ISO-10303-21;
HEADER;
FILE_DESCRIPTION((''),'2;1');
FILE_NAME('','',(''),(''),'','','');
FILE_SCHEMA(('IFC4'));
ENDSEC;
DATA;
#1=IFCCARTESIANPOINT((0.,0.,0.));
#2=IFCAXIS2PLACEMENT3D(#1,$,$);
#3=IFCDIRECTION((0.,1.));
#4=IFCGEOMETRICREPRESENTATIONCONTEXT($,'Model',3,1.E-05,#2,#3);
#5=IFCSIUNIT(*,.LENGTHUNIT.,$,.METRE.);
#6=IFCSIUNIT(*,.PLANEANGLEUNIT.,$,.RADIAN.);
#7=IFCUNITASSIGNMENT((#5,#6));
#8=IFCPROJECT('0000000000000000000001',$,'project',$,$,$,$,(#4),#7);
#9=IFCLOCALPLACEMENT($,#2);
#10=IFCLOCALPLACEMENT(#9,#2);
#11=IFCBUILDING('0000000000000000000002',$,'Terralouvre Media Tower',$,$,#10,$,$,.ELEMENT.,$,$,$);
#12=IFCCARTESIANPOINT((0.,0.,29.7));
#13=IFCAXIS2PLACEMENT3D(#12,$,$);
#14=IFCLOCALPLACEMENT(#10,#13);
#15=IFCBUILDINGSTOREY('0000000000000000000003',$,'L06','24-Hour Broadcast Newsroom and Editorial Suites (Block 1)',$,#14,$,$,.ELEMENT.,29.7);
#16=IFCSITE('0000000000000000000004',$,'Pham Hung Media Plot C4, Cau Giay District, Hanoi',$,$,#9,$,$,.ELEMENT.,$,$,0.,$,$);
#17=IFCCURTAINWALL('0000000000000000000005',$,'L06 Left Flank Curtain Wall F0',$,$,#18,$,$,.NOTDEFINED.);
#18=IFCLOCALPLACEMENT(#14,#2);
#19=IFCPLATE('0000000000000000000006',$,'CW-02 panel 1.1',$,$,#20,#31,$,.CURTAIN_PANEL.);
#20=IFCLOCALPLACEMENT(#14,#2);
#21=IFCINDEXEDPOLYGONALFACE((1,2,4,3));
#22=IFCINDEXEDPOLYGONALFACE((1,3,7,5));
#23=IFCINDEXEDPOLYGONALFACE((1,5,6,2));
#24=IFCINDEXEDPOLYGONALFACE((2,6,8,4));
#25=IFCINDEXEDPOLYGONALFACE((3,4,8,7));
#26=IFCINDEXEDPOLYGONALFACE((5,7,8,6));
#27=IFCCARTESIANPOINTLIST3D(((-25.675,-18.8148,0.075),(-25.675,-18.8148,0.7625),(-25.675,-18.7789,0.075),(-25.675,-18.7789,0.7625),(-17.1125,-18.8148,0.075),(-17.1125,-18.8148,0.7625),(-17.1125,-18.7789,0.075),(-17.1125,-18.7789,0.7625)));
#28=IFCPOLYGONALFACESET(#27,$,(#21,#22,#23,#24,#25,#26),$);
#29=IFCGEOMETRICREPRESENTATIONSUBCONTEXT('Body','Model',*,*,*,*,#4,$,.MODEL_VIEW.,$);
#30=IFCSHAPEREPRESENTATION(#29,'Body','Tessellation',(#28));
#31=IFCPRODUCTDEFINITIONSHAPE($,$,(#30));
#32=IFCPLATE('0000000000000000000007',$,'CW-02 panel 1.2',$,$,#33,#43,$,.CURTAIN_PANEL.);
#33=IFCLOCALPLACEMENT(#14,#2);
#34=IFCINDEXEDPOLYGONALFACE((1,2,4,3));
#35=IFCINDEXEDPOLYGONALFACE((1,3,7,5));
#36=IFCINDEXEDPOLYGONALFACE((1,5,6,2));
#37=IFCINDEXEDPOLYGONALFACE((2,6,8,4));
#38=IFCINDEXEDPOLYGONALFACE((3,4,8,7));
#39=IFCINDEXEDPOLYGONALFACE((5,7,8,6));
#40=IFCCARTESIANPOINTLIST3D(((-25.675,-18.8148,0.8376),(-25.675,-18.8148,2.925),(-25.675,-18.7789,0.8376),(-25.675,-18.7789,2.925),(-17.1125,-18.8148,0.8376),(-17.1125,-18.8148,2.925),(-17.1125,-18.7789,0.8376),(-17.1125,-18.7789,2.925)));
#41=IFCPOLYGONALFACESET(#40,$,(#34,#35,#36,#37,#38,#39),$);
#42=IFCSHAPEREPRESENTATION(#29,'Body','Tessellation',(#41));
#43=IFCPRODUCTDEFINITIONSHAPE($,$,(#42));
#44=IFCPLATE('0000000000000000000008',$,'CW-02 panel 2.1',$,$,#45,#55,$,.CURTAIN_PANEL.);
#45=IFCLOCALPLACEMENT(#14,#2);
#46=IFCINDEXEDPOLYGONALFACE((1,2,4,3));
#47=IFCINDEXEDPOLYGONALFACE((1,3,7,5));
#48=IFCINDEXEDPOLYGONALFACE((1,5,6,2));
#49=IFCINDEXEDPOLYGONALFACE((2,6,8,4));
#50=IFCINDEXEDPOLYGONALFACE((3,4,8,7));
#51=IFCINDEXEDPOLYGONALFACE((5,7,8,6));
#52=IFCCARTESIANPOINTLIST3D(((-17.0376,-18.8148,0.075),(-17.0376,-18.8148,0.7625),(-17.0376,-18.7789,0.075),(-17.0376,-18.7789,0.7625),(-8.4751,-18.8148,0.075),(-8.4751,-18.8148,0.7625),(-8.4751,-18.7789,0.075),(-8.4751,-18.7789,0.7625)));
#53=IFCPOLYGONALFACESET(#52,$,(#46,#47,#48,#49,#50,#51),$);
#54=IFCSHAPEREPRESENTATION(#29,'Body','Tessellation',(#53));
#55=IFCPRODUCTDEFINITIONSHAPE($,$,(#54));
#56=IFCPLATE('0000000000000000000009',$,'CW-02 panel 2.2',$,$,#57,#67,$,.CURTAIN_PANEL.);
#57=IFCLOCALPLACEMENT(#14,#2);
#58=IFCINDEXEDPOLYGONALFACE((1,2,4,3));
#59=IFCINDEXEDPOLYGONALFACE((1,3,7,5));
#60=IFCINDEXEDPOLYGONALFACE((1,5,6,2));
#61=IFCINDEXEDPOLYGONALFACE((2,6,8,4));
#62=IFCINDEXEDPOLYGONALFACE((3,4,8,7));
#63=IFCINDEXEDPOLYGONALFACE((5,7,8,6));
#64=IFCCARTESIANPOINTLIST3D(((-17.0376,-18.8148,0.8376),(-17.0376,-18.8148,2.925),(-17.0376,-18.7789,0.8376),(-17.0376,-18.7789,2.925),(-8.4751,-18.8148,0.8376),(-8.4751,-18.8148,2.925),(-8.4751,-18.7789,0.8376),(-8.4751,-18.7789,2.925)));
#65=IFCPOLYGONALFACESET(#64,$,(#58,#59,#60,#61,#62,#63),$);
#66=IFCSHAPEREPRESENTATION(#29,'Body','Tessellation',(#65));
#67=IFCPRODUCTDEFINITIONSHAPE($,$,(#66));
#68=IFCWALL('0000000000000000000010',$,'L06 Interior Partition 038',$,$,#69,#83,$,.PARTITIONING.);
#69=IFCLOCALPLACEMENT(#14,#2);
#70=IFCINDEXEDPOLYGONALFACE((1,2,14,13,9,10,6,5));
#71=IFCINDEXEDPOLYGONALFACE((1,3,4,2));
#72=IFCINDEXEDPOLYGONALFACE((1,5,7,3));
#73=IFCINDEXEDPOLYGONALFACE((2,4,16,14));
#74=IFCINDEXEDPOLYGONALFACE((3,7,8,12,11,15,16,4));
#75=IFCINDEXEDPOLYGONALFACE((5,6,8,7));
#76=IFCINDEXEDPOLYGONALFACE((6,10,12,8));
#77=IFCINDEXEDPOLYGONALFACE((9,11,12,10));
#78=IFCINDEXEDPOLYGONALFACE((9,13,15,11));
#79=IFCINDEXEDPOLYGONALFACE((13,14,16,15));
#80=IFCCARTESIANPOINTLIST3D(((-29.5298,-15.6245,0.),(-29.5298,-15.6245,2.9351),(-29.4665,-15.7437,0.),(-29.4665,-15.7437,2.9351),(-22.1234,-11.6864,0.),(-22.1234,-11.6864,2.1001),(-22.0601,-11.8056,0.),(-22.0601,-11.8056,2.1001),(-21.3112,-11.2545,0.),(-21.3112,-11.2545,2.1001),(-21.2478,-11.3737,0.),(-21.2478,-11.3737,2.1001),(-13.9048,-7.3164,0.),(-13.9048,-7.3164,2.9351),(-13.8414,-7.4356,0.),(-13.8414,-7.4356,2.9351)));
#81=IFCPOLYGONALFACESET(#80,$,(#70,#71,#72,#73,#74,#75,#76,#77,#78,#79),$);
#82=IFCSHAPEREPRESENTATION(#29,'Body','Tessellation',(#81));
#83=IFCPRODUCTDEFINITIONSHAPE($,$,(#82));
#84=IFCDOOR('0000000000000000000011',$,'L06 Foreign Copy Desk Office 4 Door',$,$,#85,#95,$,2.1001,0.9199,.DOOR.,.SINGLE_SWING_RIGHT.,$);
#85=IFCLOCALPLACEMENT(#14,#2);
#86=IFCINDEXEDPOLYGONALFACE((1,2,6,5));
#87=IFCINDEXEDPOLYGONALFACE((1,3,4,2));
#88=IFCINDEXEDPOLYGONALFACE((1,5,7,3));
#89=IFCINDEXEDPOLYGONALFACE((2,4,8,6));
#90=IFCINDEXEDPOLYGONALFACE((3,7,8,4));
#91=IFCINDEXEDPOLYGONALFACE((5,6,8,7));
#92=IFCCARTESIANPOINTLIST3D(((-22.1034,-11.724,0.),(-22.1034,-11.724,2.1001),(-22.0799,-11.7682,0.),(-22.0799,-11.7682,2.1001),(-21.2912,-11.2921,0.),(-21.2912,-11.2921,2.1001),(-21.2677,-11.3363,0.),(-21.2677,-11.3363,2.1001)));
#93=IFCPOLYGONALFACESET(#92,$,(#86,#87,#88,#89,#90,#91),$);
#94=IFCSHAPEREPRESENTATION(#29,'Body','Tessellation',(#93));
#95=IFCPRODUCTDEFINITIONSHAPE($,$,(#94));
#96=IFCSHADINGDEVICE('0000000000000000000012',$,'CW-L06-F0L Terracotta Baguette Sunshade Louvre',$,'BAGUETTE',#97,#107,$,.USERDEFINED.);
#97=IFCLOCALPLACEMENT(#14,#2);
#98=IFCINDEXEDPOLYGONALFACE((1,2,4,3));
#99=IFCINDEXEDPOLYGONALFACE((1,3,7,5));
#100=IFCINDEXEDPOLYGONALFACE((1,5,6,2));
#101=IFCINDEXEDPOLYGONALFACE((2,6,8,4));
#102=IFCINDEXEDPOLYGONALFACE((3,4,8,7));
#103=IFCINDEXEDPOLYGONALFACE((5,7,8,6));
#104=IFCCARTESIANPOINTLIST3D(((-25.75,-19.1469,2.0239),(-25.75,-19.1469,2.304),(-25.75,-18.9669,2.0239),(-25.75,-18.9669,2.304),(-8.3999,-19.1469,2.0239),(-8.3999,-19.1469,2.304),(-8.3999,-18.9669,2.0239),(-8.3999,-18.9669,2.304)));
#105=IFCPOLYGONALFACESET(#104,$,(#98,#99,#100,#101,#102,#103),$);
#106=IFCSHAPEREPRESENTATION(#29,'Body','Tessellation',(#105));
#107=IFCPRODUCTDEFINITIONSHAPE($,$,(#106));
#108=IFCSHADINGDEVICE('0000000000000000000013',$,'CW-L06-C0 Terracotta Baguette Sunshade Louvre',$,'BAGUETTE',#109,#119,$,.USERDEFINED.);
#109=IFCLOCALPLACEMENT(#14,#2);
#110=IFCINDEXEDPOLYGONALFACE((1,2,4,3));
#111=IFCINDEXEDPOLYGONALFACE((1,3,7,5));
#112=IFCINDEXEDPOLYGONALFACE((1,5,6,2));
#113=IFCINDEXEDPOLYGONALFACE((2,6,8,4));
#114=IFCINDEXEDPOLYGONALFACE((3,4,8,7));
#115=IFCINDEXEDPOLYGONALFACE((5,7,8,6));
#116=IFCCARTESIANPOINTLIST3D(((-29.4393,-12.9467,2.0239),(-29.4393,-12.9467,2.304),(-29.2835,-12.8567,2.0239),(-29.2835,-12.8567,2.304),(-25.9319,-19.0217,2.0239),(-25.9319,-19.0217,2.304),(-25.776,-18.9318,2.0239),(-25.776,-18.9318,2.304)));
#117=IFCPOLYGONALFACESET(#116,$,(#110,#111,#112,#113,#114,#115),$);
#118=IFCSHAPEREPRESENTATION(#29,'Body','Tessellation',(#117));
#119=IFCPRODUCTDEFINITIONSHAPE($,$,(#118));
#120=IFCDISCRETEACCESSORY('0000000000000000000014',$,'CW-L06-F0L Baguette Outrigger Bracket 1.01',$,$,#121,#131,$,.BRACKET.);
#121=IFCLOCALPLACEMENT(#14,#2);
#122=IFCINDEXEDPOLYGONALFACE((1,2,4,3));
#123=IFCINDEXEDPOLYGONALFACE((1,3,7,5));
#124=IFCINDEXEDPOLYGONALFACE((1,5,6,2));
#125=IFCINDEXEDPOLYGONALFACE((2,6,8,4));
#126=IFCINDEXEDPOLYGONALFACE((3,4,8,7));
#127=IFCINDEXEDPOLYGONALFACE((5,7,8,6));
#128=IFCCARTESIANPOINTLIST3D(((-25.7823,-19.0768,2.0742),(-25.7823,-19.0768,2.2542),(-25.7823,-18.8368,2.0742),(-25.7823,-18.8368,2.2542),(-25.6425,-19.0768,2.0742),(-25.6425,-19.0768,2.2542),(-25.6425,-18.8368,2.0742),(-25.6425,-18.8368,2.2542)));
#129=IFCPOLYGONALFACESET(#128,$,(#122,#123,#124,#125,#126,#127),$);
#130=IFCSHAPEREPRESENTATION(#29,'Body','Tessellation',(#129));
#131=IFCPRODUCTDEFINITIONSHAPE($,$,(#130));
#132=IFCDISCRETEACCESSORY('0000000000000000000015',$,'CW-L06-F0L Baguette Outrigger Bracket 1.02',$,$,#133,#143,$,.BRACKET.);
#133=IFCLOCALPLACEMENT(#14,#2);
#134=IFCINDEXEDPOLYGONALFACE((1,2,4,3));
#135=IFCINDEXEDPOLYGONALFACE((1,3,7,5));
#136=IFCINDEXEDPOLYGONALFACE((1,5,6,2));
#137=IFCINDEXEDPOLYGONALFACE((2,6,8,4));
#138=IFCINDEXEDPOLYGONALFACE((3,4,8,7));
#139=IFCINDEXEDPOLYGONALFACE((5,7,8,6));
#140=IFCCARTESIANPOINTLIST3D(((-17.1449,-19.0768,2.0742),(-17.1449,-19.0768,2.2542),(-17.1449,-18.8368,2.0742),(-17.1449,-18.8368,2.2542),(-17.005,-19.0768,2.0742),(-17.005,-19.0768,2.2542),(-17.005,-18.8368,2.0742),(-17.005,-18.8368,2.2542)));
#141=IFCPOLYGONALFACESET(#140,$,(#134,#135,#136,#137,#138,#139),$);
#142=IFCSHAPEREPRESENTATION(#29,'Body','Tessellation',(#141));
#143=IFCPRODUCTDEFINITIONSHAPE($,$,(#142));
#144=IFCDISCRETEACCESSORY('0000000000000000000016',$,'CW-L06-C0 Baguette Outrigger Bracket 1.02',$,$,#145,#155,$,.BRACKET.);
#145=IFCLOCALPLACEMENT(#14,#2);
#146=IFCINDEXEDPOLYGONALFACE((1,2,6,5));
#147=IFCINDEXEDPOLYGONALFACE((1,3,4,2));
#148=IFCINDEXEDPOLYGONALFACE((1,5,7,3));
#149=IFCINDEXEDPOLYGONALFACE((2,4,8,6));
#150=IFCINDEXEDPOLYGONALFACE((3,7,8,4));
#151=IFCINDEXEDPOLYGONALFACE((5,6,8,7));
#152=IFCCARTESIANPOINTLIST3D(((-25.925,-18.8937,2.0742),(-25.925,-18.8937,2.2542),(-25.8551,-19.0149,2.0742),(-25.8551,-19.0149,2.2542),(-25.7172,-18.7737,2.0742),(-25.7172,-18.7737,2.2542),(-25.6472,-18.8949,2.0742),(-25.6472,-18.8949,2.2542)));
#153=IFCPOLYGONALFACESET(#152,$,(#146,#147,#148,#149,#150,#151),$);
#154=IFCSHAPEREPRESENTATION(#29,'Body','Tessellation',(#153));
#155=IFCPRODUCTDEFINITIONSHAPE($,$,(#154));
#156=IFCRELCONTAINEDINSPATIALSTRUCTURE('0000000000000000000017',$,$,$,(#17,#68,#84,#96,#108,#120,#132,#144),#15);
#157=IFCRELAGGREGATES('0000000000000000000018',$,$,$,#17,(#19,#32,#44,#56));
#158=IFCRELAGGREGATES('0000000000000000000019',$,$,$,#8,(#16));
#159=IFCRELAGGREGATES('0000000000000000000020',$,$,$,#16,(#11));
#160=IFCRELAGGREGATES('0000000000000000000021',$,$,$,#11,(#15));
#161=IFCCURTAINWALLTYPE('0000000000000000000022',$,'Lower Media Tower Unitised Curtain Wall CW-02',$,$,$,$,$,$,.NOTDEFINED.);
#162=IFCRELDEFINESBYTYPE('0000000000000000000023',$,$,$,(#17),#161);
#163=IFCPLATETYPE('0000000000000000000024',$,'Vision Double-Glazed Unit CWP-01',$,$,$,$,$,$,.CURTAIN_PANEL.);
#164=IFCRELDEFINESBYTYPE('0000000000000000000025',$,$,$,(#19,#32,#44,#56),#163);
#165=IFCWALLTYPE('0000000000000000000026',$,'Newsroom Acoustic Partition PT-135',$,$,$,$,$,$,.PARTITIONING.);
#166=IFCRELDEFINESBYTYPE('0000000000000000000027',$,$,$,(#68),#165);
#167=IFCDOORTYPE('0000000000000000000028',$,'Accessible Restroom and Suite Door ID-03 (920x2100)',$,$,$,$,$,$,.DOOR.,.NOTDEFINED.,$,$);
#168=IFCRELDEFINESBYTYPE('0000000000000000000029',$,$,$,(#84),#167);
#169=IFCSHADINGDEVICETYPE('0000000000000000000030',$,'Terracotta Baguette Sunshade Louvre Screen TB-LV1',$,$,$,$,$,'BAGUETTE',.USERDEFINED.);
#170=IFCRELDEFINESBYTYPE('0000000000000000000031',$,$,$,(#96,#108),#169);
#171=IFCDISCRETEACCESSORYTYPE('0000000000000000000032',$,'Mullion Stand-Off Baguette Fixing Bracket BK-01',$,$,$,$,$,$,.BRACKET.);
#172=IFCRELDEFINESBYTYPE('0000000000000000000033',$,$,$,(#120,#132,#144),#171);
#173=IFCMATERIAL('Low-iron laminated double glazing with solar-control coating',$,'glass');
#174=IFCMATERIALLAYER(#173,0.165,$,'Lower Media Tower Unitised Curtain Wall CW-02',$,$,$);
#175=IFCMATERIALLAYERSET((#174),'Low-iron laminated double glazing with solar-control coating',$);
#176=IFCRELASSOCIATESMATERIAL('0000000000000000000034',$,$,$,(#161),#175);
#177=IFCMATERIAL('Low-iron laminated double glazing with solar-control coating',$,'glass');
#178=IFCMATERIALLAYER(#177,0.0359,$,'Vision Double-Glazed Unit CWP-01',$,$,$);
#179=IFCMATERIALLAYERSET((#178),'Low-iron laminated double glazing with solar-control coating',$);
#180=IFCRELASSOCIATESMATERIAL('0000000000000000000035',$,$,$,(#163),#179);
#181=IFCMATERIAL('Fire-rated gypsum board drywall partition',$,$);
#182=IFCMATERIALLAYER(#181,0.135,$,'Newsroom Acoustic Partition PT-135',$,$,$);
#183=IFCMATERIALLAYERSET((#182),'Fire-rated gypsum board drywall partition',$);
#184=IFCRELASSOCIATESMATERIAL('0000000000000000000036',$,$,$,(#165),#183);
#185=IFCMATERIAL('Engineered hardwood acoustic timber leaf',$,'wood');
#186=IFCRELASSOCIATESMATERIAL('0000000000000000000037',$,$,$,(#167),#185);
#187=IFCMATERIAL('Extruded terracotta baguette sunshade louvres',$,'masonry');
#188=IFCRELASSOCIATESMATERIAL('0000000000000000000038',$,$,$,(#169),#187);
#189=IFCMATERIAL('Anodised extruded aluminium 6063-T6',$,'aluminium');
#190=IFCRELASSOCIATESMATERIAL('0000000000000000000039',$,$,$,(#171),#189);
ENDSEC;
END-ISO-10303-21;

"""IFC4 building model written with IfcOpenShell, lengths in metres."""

from ifc_helpers import new_model, si_unit, direction, frame, frame_2d, origin, origin_2d, place, context, subcontext, project, spatial, rectangle, extrude, material, layer, layer_set, type_object, element, fill, aggregate, save


model = new_model("IFC4")

# Units and contexts
model_context = context("Model", 3, precision=1e-05, world=origin(), true_north=direction((0.0, 1.0)))
body_context = subcontext(model_context, "Body", "Model", "MODEL_VIEW")
ifc_project = project(units=[si_unit("LENGTHUNIT", "METRE"), si_unit("PLANEANGLEUNIT", "RADIAN")], contexts=[model_context])

# Site, building, storey
site_placement = place(None, origin())
site = spatial("IfcSite", under=ifc_project, at=site_placement, Name="Pham Hung Media Plot C4, Cau Giay District, Hanoi", CompositionType="ELEMENT", RefElevation=0.0)
building_placement = place(site_placement, origin())
building = spatial("IfcBuilding", under=site, at=building_placement, Name="Terralouvre Media Tower", CompositionType="ELEMENT")
storey_placement = place(building_placement, frame((0.0, 0.0, 29.7)))
storey = spatial("IfcBuildingStorey", under=building, at=storey_placement, Name="L06", Description="24-Hour Broadcast Newsroom and Editorial Suites (Block 1)", CompositionType="ELEMENT", Elevation=29.7)

# Curtain wall
ifc_material_1 = material(Name="Low-iron laminated double glazing with solar-control coating", Category="glass")
ifc_layer_1 = layer(ifc_material_1, 0.165, Name="Lower Media Tower Unitised Curtain Wall CW-02")
ifc_layer_set_1 = layer_set([ifc_layer_1], Name="Low-iron laminated double glazing with solar-control coating")
curtain_wall_type_1 = type_object("IfcCurtainWallType", Name="Lower Media Tower Unitised Curtain Wall CW-02", PredefinedType="NOTDEFINED", material=ifc_layer_set_1)
curtain_wall_1_placement = place(storey_placement, origin())
curtain_wall_1 = element("IfcCurtainWall", 1, at=curtain_wall_1_placement, inside=storey, type_object=curtain_wall_type_1, Name="L06 Left Flank Curtain Wall F0", PredefinedType="NOTDEFINED")

# Plates
ifc_material_2 = material(Name="Low-iron laminated double glazing with solar-control coating", Category="glass")
ifc_layer_2 = layer(ifc_material_2, 0.0359, Name="Vision Double-Glazed Unit CWP-01")
ifc_layer_set_2 = layer_set([ifc_layer_2], Name="Low-iron laminated double glazing with solar-control coating")
plate_type_1 = type_object("IfcPlateType", Name="Vision Double-Glazed Unit CWP-01", PredefinedType="CURTAIN_PANEL", material=ifc_layer_set_2)
plate_1_placement = place(storey_placement, frame((-21.3938, -18.7969, 0.075), z_axis=(0.0, 0.0, 1.0), x_axis=(1.0, 0.0, 0.0)))
plate_1 = element("IfcPlate", 2, at=plate_1_placement, type_object=plate_type_1, Name="CW-02 panel 1.1", PredefinedType="CURTAIN_PANEL", context=body_context, shape_type="SweptSolid", body=[
    extrude(rectangle(XDim=8.5625, YDim=0.0359, at=origin_2d()), origin(), (0.0, 0.0, 1.0), 0.6875),
])
plate_2_placement = place(storey_placement, frame((-21.3938, -18.7969, 0.8376), z_axis=(0.0, 0.0, 1.0), x_axis=(1.0, 0.0, 0.0)))
plate_2 = element("IfcPlate", 3, at=plate_2_placement, type_object=plate_type_1, Name="CW-02 panel 1.2", PredefinedType="CURTAIN_PANEL", context=body_context, shape_type="SweptSolid", body=[
    extrude(rectangle(XDim=8.5625, YDim=0.0359, at=origin_2d()), origin(), (0.0, 0.0, 1.0), 2.0874),
])
plate_3_placement = place(storey_placement, frame((-12.7563, -18.7969, 0.075), z_axis=(0.0, 0.0, 1.0), x_axis=(1.0, 0.0, 0.0)))
plate_3 = element("IfcPlate", 4, at=plate_3_placement, type_object=plate_type_1, Name="CW-02 panel 2.1", PredefinedType="CURTAIN_PANEL", context=body_context, shape_type="SweptSolid", body=[
    extrude(rectangle(XDim=8.5625, YDim=0.0359, at=origin_2d()), origin(), (0.0, 0.0, 1.0), 0.6875),
])
plate_4_placement = place(storey_placement, frame((-12.7563, -18.7969, 0.8376), z_axis=(0.0, 0.0, 1.0), x_axis=(1.0, 0.0, 0.0)))
plate_4 = element("IfcPlate", 5, at=plate_4_placement, type_object=plate_type_1, Name="CW-02 panel 2.2", PredefinedType="CURTAIN_PANEL", context=body_context, shape_type="SweptSolid", body=[
    extrude(rectangle(XDim=8.5625, YDim=0.0359, at=origin_2d()), origin(), (0.0, 0.0, 1.0), 2.0874),
])
aggregate(curtain_wall_1, [plate_1, plate_2, plate_3, plate_4])

# Wall, opening, door
ifc_material_3 = material(Name="Fire-rated gypsum board drywall partition")
ifc_layer_3 = layer(ifc_material_3, 0.135, Name="Newsroom Acoustic Partition PT-135")
ifc_layer_set_3 = layer_set([ifc_layer_3], Name="Fire-rated gypsum board drywall partition")
wall_type = type_object("IfcWallType", Name="Newsroom Acoustic Partition PT-135", PredefinedType="PARTITIONING", material=ifc_layer_set_3)
wall_placement = place(storey_placement, frame((-29.498, -15.6841, 0.0), z_axis=(0.0, 0.0, 1.0), x_axis=(0.882944, 0.469478, 0.0)))
wall = element("IfcWall", 6, at=wall_placement, inside=storey, type_object=wall_type, Name="L06 Interior Partition 038", PredefinedType="PARTITIONING", context=body_context, shape_type="SweptSolid", body=[
    extrude(rectangle(XDim=17.6965, YDim=0.135, at=frame_2d((8.8481, 0.0))), origin(), (0.0, 0.0, 1.0), 2.9351),
])
opening_placement = place(wall_placement, frame((8.3882, 0.0, 0.0)))
opening = element("IfcOpeningElement", 7, at=opening_placement, cuts=wall, PredefinedType="OPENING", context=body_context, shape_type="SweptSolid", body=[
    extrude(rectangle(XDim=0.9199, YDim=2.1001, at=frame_2d((0.46, 1.05))), frame((0.0, 0.0774, 0.0), z_axis=(0.0, -1.0, 0.0), x_axis=(1.0, 0.0, 0.0)), (0.0, 0.0, 1.0), 0.155),
])
ifc_material_4 = material(Name="Engineered hardwood acoustic timber leaf", Category="wood")
door_type = type_object("IfcDoorType", Name="Accessible Restroom and Suite Door ID-03 (920x2100)", OperationType="NOTDEFINED", PredefinedType="DOOR", material=ifc_material_4)
door_placement = place(opening_placement, origin())
door = element("IfcDoor", 8, at=door_placement, inside=storey, type_object=door_type, Name="L06 Foreign Copy Desk Office 4 Door", OperationType="SINGLE_SWING_RIGHT", OverallHeight=2.1001, OverallWidth=0.9199, PredefinedType="DOOR", context=body_context, shape_type="SweptSolid", body=[
    extrude(rectangle(XDim=0.9199, YDim=2.1001, at=frame_2d((0.46, 1.05))), frame((0.0, 0.0249, 0.0), z_axis=(0.0, -1.0, 0.0), x_axis=(1.0, 0.0, 0.0)), (0.0, 0.0, 1.0), 0.05),
])
fill(opening, door)

# Shading devices
ifc_material_5 = material(Name="Extruded terracotta baguette sunshade louvres", Category="masonry")
shading_device_type = type_object("IfcShadingDeviceType", Name="Terracotta Baguette Sunshade Louvre Screen TB-LV1", ElementType="BAGUETTE", PredefinedType="USERDEFINED", material=ifc_material_5)
shading_device_1_placement = place(storey_placement, frame((-17.075, -19.0569, 2.0239), z_axis=(0.0, 0.0, 1.0), x_axis=(1.0, 0.0, 0.0)))
element("IfcShadingDevice", 9, at=shading_device_1_placement, inside=storey, type_object=shading_device_type, Name="CW-L06-F0L Terracotta Baguette Sunshade Louvre", ObjectType="BAGUETTE", PredefinedType="USERDEFINED", context=body_context, shape_type="SweptSolid", body=[
    extrude(rectangle(XDim=17.3501, YDim=0.1799, at=origin_2d()), origin(), (0.0, 0.0, 1.0), 0.28),
])
shading_device_2_placement = place(storey_placement, frame((-27.6077, -15.9392, 2.0239), z_axis=(0.0, 0.0, 1.0), x_axis=(0.5, -0.866026, 0.0)))
element("IfcShadingDevice", 10, at=shading_device_2_placement, inside=storey, type_object=shading_device_type, Name="CW-L06-C0 Terracotta Baguette Sunshade Louvre", ObjectType="BAGUETTE", PredefinedType="USERDEFINED", context=body_context, shape_type="SweptSolid", body=[
    extrude(rectangle(XDim=7.0149, YDim=0.1799, at=origin_2d()), origin(), (0.0, 0.0, 1.0), 0.28),
])

# Discrete accessories
ifc_material_6 = material(Name="Anodised extruded aluminium 6063-T6", Category="aluminium")
discrete_accessory_type = type_object("IfcDiscreteAccessoryType", Name="Mullion Stand-Off Baguette Fixing Bracket BK-01", PredefinedType="BRACKET", material=ifc_material_6)
for number, where, z_axis, x_axis, name in (
    (11, (-25.7124, -18.9568, 2.0742), (0.0, 0.0, 1.0), (1.0, 0.0, 0.0), "CW-L06-F0L Baguette Outrigger Bracket 1.01"),
    (12, (-17.075, -18.9568, 2.0742), (0.0, 0.0, 1.0), (1.0, 0.0, 0.0), "CW-L06-F0L Baguette Outrigger Bracket 1.02"),
    (13, (-25.7861, -18.8943, 2.0742), (0.0, 0.0, 1.0), (0.5, -0.866026, 0.0), "CW-L06-C0 Baguette Outrigger Bracket 1.02"),
):
    element("IfcDiscreteAccessory", number, at=place(storey_placement, frame(where, z_axis=z_axis, x_axis=x_axis)), inside=storey, type_object=discrete_accessory_type, Name=name, PredefinedType="BRACKET", context=body_context, shape_type="SweptSolid", body=[
        extrude(rectangle(XDim=0.1399, YDim=0.24, at=origin_2d()), origin(), (0.0, 0.0, 1.0), 0.1799),
    ])

save(model, "model.ifc")
